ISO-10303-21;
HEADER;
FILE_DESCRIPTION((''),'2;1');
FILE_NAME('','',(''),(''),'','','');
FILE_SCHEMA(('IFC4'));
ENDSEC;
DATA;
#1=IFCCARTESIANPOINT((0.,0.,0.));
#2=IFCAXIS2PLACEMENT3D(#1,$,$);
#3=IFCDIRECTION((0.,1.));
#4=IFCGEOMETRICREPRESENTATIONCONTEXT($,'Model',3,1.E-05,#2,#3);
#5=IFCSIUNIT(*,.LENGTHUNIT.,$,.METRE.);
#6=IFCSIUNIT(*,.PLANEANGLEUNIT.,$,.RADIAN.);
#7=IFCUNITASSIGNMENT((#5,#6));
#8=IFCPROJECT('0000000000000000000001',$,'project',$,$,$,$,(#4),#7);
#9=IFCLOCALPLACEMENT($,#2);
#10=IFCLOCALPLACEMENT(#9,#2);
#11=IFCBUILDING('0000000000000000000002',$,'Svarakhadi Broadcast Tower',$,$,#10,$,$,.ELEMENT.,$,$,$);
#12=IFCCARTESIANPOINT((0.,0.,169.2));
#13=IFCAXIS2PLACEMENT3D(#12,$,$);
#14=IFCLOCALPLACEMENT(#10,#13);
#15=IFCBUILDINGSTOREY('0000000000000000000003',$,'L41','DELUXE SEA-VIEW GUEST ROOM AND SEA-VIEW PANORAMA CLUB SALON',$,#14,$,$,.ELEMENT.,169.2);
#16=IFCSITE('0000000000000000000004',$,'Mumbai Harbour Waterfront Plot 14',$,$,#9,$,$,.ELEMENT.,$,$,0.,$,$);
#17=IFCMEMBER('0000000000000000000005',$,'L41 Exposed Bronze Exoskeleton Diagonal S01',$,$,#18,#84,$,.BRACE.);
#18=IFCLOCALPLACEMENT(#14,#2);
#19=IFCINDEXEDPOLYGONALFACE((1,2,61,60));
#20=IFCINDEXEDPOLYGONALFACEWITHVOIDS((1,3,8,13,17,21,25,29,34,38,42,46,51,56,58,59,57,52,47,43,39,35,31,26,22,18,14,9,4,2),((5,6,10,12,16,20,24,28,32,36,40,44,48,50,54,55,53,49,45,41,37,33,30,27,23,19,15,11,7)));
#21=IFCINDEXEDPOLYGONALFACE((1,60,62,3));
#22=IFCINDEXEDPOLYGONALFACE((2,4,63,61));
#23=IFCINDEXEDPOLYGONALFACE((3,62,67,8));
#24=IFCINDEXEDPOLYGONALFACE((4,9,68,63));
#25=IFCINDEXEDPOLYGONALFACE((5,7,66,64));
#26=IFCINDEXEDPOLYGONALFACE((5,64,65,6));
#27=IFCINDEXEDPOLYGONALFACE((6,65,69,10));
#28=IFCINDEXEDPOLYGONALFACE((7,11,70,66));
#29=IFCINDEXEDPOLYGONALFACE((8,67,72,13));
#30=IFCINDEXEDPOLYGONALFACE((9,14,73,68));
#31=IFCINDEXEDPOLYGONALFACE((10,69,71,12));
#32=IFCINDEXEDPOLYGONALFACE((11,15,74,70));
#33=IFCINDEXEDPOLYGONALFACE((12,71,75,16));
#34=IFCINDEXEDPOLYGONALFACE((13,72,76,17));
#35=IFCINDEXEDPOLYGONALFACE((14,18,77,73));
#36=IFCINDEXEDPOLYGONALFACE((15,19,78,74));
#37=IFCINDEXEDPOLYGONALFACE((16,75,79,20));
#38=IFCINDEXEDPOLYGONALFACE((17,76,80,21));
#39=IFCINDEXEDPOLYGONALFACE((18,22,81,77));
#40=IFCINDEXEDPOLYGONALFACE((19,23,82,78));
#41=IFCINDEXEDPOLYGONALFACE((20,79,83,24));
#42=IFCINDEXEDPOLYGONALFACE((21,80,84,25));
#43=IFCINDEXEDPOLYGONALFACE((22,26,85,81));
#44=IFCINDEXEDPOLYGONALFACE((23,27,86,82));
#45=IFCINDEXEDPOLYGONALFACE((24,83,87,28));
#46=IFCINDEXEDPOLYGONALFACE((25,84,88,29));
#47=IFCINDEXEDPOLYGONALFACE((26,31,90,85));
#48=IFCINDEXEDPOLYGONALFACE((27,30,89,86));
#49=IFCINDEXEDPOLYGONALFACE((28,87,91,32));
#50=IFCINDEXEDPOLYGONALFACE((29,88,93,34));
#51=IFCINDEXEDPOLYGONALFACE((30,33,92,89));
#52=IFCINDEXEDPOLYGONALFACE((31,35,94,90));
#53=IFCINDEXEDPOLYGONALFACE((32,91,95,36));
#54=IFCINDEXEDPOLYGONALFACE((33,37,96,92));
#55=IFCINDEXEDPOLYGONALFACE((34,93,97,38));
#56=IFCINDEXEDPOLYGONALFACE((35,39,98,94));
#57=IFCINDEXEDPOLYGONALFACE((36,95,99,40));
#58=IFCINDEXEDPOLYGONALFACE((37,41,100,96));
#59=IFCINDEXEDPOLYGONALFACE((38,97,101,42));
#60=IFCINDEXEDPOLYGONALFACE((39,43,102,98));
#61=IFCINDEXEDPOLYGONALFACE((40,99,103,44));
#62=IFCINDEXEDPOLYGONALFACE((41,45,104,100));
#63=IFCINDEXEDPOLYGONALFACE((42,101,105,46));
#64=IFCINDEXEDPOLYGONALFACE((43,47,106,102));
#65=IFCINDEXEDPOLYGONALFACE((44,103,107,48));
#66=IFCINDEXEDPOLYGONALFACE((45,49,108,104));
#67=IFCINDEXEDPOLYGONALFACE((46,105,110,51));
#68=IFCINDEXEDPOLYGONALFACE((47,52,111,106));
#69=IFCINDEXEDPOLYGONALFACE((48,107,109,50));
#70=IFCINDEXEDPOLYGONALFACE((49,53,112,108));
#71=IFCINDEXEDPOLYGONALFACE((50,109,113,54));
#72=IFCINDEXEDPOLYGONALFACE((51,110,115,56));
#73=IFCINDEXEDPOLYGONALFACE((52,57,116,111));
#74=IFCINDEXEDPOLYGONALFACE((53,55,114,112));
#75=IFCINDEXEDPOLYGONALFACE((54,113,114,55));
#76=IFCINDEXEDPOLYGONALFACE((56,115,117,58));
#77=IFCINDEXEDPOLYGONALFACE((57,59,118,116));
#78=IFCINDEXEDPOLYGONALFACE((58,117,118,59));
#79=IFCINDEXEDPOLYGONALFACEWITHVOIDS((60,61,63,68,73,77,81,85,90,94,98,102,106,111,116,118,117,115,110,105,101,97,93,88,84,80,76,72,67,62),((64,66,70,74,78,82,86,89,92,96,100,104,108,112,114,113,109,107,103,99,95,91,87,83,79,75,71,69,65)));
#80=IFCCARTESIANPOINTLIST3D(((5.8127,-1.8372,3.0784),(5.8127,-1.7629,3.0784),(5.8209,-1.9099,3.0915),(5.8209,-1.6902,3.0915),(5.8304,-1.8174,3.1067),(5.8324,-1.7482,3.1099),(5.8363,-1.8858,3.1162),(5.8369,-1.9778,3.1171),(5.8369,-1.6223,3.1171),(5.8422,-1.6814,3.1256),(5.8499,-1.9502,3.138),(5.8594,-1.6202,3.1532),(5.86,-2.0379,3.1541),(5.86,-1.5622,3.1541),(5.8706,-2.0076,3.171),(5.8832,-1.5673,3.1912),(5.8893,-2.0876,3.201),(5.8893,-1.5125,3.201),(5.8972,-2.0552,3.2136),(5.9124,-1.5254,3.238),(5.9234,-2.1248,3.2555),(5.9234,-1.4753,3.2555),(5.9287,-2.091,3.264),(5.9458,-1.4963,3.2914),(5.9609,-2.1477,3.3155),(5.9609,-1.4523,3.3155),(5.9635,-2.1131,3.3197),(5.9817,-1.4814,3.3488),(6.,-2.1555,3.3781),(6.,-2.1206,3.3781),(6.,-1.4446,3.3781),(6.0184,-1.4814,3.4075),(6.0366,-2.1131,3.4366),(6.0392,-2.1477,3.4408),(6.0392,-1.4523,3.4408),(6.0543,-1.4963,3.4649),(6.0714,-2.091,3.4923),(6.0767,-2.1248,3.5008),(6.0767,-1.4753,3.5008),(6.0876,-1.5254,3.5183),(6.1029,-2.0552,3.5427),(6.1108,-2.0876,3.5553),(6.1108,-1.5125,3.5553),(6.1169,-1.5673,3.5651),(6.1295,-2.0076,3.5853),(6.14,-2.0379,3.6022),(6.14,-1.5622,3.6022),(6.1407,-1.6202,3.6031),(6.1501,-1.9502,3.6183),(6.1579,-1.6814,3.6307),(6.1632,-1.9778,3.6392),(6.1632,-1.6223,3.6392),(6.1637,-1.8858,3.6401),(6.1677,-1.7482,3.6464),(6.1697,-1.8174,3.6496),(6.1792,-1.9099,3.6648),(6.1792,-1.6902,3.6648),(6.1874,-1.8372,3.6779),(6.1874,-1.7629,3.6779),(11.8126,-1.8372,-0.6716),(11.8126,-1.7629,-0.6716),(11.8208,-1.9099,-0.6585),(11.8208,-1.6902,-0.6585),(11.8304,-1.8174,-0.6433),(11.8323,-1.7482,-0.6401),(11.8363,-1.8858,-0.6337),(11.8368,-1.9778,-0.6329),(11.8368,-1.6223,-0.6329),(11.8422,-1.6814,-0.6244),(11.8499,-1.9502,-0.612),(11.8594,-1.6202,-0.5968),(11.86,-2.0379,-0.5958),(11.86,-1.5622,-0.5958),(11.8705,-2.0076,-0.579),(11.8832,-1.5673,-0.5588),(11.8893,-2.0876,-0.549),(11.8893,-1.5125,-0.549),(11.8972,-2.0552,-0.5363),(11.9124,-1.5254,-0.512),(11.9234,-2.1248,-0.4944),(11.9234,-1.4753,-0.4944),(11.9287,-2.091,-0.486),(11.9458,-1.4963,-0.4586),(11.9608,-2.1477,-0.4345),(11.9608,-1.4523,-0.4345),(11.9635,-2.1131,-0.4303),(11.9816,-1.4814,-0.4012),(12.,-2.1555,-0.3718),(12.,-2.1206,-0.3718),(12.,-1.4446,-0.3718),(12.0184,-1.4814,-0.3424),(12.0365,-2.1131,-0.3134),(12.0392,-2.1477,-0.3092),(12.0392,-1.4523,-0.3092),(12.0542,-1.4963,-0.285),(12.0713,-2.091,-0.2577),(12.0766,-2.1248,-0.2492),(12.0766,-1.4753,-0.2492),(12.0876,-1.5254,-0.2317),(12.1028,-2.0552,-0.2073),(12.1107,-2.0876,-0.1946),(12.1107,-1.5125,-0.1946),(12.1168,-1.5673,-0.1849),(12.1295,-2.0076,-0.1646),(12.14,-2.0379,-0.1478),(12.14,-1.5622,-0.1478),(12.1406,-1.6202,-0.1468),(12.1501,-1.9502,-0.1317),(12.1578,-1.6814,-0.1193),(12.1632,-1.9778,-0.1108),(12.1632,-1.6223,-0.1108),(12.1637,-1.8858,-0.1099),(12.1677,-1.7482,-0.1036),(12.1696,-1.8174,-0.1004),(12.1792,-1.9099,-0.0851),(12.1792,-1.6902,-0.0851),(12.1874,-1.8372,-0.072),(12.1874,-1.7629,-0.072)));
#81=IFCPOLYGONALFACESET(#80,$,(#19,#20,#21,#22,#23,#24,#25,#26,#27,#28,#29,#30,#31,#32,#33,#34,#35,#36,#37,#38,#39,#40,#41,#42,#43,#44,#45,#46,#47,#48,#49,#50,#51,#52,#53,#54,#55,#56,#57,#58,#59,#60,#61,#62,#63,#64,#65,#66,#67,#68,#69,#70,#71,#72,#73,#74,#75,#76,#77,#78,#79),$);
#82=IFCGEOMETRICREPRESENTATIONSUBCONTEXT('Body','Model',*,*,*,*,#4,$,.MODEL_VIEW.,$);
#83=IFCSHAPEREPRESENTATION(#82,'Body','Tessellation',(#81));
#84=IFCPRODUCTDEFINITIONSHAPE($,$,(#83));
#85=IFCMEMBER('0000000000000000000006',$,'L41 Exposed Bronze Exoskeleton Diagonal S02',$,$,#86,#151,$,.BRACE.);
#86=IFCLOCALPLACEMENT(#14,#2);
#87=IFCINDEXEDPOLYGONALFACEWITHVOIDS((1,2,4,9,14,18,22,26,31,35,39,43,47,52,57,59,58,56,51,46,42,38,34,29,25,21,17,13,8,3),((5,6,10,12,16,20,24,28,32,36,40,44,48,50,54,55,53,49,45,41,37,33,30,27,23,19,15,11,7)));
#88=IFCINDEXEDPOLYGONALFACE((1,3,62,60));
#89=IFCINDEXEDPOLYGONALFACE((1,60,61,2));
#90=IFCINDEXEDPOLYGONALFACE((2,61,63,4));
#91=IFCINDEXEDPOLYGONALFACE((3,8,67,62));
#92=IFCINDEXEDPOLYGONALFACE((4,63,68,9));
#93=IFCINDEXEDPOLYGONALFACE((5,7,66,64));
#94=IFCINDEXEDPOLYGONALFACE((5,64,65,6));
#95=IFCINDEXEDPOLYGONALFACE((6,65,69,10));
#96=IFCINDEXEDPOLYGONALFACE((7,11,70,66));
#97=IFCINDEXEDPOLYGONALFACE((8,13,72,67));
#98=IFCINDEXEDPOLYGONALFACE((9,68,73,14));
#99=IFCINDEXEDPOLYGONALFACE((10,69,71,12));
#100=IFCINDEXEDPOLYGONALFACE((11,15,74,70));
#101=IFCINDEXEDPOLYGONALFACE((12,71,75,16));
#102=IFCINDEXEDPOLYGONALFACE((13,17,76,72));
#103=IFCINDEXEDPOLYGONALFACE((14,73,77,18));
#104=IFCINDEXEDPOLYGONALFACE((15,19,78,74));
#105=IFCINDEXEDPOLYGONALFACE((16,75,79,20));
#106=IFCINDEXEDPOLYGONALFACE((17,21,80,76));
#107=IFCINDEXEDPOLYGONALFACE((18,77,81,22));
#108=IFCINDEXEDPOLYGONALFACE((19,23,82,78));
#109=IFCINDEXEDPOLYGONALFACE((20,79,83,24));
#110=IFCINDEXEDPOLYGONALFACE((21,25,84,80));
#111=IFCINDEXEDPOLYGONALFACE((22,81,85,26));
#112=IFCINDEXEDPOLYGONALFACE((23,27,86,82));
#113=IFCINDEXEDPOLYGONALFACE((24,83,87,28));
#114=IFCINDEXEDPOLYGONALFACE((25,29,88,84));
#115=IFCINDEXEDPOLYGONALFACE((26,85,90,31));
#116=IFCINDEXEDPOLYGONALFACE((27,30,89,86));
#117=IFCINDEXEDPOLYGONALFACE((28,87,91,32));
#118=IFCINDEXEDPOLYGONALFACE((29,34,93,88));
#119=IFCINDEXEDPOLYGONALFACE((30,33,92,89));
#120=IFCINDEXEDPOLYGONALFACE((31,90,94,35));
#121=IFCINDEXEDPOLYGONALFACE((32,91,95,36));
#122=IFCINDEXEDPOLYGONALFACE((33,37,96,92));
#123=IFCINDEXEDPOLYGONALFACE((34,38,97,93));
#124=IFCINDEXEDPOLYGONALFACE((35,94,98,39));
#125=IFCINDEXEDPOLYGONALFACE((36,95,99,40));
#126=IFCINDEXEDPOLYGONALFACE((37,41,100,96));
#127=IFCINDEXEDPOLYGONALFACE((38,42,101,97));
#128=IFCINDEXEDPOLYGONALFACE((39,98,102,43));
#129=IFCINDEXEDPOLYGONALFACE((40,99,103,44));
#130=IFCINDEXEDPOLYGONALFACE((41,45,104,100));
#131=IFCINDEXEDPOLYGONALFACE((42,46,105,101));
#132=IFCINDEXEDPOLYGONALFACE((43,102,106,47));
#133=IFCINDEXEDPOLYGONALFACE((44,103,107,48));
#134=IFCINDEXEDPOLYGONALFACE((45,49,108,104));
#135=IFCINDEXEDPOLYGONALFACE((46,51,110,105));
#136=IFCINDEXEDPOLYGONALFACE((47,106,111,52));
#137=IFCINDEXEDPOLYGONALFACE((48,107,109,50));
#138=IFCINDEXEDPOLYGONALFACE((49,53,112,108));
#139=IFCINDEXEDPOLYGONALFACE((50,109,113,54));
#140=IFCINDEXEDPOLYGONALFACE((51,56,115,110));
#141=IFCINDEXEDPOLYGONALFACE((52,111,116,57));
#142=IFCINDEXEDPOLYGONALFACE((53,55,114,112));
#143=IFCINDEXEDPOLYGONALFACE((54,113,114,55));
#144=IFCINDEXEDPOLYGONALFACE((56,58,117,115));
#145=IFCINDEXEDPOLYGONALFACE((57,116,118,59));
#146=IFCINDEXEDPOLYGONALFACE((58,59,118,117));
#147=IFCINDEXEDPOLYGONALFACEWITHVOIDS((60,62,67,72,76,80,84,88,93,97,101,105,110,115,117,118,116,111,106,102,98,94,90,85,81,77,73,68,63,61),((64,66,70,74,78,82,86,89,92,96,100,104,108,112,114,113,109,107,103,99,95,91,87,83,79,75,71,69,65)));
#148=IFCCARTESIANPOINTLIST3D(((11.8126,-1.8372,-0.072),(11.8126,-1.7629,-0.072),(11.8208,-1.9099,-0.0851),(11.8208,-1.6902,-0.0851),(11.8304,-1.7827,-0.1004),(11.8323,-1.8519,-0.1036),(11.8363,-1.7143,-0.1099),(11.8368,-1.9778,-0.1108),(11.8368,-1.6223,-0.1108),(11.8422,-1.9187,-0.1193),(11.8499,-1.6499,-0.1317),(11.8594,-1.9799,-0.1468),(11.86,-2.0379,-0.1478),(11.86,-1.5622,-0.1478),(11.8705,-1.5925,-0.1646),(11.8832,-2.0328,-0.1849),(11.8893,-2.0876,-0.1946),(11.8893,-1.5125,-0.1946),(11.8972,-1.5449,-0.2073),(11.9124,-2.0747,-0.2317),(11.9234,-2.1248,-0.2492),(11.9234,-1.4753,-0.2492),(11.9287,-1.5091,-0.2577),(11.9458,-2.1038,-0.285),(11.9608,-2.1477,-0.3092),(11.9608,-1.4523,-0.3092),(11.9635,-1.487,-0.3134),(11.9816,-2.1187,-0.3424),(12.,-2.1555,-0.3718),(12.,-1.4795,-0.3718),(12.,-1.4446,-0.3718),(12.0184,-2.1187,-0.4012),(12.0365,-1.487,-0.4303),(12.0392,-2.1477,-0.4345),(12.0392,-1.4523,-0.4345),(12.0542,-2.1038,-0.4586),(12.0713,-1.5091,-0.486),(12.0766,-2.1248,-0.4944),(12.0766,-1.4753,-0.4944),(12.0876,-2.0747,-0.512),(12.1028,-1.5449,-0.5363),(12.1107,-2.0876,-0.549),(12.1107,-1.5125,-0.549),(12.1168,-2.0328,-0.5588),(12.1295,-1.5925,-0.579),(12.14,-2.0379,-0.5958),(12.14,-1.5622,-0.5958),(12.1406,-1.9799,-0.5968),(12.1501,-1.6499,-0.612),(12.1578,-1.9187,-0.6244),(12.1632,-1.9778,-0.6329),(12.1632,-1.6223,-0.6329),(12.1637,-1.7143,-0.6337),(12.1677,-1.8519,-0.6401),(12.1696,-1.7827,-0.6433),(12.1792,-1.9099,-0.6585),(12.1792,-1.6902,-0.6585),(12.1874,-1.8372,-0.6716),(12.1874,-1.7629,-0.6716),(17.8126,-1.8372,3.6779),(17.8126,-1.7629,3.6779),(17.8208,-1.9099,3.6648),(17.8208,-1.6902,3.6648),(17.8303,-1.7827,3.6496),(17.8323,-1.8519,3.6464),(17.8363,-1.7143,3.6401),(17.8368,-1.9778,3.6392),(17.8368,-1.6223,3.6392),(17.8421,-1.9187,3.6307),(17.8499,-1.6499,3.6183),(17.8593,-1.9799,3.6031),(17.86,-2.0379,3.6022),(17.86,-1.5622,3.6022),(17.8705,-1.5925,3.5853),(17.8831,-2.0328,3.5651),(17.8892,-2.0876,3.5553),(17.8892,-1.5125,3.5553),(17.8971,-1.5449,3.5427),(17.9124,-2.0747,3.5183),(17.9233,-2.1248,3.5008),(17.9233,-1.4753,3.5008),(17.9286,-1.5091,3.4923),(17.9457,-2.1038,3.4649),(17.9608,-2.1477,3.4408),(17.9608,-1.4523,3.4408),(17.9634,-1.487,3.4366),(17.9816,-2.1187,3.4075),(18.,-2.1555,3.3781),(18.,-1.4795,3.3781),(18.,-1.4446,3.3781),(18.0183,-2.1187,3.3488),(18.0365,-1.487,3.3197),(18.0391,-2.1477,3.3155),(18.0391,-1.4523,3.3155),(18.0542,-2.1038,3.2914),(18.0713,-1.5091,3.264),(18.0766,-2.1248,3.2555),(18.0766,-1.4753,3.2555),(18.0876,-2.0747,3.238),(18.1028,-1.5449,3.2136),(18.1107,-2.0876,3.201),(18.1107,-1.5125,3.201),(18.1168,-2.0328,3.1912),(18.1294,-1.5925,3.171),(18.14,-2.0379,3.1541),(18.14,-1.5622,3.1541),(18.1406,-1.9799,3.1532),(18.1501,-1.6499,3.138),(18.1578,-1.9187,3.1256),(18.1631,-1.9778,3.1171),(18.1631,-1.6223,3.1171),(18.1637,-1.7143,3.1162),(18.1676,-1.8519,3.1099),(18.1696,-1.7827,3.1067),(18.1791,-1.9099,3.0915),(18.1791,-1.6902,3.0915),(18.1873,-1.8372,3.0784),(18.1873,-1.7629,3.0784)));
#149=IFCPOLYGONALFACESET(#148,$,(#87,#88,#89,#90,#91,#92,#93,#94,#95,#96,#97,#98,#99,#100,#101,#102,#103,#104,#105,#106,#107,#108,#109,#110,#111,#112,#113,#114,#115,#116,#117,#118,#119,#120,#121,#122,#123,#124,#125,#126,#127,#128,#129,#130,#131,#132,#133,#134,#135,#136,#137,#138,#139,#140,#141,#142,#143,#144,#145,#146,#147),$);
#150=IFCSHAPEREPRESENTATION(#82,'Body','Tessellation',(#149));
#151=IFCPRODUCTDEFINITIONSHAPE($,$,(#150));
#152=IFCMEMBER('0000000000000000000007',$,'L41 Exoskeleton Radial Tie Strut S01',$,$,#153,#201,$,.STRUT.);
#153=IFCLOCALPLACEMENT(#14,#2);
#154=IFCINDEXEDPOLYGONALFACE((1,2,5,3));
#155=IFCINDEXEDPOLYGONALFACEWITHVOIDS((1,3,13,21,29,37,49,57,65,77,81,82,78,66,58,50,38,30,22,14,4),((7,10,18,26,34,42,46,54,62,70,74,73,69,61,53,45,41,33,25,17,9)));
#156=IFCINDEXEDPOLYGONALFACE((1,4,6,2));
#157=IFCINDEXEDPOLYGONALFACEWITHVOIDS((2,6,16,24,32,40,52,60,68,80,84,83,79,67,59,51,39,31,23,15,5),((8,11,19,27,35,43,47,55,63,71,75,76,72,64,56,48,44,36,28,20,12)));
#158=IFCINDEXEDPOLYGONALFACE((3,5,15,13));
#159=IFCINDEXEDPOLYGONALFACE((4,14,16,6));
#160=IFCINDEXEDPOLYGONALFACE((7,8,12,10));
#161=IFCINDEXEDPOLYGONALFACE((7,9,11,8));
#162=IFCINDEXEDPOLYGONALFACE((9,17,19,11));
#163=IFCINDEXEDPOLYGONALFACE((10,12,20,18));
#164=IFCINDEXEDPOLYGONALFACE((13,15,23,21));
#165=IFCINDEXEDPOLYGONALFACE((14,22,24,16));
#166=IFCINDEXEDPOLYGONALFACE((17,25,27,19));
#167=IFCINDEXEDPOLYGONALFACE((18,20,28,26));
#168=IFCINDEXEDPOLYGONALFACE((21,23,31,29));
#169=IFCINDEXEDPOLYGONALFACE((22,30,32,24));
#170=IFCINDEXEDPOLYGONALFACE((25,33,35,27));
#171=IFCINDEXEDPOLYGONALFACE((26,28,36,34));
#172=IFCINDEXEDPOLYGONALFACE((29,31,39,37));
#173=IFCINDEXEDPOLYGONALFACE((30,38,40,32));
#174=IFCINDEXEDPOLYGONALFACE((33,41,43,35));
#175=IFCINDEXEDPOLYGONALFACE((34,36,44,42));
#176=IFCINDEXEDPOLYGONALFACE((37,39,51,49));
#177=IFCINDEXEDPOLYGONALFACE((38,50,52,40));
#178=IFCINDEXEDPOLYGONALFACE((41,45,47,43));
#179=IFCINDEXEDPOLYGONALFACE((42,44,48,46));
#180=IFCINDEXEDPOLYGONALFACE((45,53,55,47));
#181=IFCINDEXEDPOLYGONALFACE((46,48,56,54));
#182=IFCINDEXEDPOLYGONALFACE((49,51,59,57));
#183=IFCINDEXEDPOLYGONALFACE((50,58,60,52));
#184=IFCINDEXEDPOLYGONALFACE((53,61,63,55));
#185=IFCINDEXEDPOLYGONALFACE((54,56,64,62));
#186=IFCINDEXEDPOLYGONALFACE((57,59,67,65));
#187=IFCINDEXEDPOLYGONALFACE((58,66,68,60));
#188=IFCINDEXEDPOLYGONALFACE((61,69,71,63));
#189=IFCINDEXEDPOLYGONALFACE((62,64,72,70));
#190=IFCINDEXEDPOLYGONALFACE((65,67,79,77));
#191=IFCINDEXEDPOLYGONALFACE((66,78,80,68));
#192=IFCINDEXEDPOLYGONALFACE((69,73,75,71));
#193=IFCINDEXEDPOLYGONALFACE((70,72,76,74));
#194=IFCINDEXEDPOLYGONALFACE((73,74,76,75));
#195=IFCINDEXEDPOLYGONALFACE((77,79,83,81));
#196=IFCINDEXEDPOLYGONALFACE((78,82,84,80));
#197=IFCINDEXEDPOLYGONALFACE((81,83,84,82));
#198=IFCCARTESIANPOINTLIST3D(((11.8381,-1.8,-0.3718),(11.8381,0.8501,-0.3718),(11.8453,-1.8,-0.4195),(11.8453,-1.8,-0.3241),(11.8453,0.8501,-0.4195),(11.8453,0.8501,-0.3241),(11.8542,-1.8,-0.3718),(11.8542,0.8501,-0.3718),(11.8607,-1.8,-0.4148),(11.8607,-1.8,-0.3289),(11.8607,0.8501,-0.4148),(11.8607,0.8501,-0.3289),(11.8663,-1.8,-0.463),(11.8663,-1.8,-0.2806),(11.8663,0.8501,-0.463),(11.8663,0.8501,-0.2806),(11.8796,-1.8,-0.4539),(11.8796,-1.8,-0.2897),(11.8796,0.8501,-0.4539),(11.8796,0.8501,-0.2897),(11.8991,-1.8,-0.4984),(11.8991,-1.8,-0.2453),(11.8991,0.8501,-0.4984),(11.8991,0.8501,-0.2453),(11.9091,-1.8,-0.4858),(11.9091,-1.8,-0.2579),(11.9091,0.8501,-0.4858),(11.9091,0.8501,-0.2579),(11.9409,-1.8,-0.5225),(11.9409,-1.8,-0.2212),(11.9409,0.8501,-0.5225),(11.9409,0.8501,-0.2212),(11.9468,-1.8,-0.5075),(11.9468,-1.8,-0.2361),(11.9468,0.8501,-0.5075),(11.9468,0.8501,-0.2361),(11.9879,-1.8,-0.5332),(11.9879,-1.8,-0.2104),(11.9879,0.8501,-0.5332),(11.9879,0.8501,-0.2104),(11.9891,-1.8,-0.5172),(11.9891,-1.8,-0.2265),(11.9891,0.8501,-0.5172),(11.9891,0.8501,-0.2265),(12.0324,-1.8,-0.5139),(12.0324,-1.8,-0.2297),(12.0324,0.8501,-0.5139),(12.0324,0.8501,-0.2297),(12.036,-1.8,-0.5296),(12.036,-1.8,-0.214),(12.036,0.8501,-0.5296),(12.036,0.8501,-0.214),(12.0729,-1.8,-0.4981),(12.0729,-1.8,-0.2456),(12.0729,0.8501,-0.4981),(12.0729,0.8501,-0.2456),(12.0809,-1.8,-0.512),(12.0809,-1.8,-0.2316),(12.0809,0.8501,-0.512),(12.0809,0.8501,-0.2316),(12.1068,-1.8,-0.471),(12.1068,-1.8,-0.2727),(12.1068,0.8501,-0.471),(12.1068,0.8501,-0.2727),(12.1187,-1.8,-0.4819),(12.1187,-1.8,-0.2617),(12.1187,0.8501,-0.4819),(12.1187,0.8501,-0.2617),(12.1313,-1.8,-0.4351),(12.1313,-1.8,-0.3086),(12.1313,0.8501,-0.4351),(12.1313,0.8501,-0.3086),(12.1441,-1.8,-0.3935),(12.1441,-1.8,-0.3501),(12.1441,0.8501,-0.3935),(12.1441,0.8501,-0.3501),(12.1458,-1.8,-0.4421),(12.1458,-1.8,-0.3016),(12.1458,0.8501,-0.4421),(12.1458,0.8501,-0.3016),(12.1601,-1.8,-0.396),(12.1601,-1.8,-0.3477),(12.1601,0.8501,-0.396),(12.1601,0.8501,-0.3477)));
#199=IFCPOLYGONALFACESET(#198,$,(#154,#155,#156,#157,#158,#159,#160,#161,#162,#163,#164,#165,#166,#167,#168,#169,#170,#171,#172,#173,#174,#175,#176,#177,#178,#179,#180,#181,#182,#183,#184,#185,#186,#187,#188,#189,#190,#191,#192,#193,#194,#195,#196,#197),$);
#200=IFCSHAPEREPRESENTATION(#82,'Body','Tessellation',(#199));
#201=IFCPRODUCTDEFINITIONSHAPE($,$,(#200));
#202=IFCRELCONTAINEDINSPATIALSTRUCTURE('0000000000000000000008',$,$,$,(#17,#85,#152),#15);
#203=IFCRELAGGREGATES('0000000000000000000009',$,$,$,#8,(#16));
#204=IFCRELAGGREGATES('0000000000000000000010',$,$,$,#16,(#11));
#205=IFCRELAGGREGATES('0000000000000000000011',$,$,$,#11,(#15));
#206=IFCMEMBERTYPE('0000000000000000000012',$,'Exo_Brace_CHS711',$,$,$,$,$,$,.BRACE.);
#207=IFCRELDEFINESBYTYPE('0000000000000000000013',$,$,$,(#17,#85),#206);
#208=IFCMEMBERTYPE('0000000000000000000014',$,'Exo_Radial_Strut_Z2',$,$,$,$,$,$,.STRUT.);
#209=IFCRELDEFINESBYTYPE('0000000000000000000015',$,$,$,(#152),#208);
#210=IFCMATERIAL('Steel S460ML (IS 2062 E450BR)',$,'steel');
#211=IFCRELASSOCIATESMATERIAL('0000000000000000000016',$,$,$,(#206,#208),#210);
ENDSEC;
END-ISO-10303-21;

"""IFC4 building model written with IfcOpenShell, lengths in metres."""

from ifc_helpers import new_model, si_unit, direction, frame, origin, origin_2d, place, context, subcontext, project, spatial, hollow_circle, extrude, material, material_profile, profile_set, type_object, element, save


model = new_model("IFC4")

# Units and contexts
model_context = context("Model", 3, precision=1e-05, world=origin(), true_north=direction((0.0, 1.0)))
body_context = subcontext(model_context, "Body", "Model", "MODEL_VIEW")
ifc_project = project(units=[si_unit("LENGTHUNIT", "METRE"), si_unit("PLANEANGLEUNIT", "RADIAN")], contexts=[model_context])

# Site, building, storey
site_placement = place(None, origin())
site = spatial("IfcSite", under=ifc_project, at=site_placement, Name="Mumbai Harbour Waterfront Plot 14", CompositionType="ELEMENT", RefElevation=0.0)
building_placement = place(site_placement, origin())
building = spatial("IfcBuilding", under=site, at=building_placement, Name="Svarakhadi Broadcast Tower", CompositionType="ELEMENT")
storey_placement = place(building_placement, frame((0.0, 0.0, 169.2)))
storey = spatial("IfcBuildingStorey", under=building, at=storey_placement, Name="L41", Description="DELUXE SEA-VIEW GUEST ROOM AND SEA-VIEW PANORAMA CLUB SALON", CompositionType="ELEMENT", Elevation=169.2)

# Shared definitions
ifc_material_1 = material(Name="Steel S460ML (IS 2062 E450BR)", Category="steel")

# Members
ifc_material_profile_1 = material_profile(ifc_material_1, hollow_circle(Radius=0.3555, WallThickness=0.0349, at=origin_2d()), Name="CHS 711x35")
ifc_profile_set_1 = profile_set([ifc_material_profile_1], Name="Steel S460ML (IS 2062 E450BR)")
member_type_1 = type_object("IfcMemberType", Name="Exo_Brace_CHS711", PredefinedType="BRACE", material=ifc_profile_set_1)
for number, where, z_axis, x_axis, name in (
    (1, (12.0, -1.8, -0.3718), (-0.847998, 0.0, 0.529999), (0.0, -1.0, 0.0), "L41 Exposed Bronze Exoskeleton Diagonal S01"),
    (2, (12.0, -1.8, -0.3718), (0.847998, 0.0, 0.529999), (0.0, 1.0, 0.0), "L41 Exposed Bronze Exoskeleton Diagonal S02"),
):
    element("IfcMember", number, at=place(storey_placement, frame(where, z_axis=z_axis, x_axis=x_axis)), inside=storey, type_object=member_type_1, Name=name, PredefinedType="BRACE", context=body_context, shape_type="SweptSolid", body=[
        extrude(hollow_circle(Radius=0.3555, WallThickness=0.0349, at=origin_2d()), origin(), (0.0, 0.0, 1.0), 7.0754),
    ])
ifc_material_profile_2 = material_profile(ifc_material_1, hollow_circle(Radius=0.1619, WallThickness=0.0161, at=origin_2d()), Name="CHS 323.9x16")
ifc_profile_set_2 = profile_set([ifc_material_profile_2], Name="Steel S460ML (IS 2062 E450BR)")
member_type_2 = type_object("IfcMemberType", Name="Exo_Radial_Strut_Z2", PredefinedType="STRUT", material=ifc_profile_set_2)
member_1_placement = place(storey_placement, frame((12.0, -1.8, -0.3718), z_axis=(0.0, 1.0, 0.0), x_axis=(-1.0, 0.0, 0.0)))
element("IfcMember", 3, at=member_1_placement, inside=storey, type_object=member_type_2, Name="L41 Exoskeleton Radial Tie Strut S01", PredefinedType="STRUT", context=body_context, shape_type="SweptSolid", body=[
    extrude(hollow_circle(Radius=0.1619, WallThickness=0.0161, at=origin_2d()), origin(), (0.0, 0.0, 1.0), 2.6501),
])

save(model, "model.ifc")
